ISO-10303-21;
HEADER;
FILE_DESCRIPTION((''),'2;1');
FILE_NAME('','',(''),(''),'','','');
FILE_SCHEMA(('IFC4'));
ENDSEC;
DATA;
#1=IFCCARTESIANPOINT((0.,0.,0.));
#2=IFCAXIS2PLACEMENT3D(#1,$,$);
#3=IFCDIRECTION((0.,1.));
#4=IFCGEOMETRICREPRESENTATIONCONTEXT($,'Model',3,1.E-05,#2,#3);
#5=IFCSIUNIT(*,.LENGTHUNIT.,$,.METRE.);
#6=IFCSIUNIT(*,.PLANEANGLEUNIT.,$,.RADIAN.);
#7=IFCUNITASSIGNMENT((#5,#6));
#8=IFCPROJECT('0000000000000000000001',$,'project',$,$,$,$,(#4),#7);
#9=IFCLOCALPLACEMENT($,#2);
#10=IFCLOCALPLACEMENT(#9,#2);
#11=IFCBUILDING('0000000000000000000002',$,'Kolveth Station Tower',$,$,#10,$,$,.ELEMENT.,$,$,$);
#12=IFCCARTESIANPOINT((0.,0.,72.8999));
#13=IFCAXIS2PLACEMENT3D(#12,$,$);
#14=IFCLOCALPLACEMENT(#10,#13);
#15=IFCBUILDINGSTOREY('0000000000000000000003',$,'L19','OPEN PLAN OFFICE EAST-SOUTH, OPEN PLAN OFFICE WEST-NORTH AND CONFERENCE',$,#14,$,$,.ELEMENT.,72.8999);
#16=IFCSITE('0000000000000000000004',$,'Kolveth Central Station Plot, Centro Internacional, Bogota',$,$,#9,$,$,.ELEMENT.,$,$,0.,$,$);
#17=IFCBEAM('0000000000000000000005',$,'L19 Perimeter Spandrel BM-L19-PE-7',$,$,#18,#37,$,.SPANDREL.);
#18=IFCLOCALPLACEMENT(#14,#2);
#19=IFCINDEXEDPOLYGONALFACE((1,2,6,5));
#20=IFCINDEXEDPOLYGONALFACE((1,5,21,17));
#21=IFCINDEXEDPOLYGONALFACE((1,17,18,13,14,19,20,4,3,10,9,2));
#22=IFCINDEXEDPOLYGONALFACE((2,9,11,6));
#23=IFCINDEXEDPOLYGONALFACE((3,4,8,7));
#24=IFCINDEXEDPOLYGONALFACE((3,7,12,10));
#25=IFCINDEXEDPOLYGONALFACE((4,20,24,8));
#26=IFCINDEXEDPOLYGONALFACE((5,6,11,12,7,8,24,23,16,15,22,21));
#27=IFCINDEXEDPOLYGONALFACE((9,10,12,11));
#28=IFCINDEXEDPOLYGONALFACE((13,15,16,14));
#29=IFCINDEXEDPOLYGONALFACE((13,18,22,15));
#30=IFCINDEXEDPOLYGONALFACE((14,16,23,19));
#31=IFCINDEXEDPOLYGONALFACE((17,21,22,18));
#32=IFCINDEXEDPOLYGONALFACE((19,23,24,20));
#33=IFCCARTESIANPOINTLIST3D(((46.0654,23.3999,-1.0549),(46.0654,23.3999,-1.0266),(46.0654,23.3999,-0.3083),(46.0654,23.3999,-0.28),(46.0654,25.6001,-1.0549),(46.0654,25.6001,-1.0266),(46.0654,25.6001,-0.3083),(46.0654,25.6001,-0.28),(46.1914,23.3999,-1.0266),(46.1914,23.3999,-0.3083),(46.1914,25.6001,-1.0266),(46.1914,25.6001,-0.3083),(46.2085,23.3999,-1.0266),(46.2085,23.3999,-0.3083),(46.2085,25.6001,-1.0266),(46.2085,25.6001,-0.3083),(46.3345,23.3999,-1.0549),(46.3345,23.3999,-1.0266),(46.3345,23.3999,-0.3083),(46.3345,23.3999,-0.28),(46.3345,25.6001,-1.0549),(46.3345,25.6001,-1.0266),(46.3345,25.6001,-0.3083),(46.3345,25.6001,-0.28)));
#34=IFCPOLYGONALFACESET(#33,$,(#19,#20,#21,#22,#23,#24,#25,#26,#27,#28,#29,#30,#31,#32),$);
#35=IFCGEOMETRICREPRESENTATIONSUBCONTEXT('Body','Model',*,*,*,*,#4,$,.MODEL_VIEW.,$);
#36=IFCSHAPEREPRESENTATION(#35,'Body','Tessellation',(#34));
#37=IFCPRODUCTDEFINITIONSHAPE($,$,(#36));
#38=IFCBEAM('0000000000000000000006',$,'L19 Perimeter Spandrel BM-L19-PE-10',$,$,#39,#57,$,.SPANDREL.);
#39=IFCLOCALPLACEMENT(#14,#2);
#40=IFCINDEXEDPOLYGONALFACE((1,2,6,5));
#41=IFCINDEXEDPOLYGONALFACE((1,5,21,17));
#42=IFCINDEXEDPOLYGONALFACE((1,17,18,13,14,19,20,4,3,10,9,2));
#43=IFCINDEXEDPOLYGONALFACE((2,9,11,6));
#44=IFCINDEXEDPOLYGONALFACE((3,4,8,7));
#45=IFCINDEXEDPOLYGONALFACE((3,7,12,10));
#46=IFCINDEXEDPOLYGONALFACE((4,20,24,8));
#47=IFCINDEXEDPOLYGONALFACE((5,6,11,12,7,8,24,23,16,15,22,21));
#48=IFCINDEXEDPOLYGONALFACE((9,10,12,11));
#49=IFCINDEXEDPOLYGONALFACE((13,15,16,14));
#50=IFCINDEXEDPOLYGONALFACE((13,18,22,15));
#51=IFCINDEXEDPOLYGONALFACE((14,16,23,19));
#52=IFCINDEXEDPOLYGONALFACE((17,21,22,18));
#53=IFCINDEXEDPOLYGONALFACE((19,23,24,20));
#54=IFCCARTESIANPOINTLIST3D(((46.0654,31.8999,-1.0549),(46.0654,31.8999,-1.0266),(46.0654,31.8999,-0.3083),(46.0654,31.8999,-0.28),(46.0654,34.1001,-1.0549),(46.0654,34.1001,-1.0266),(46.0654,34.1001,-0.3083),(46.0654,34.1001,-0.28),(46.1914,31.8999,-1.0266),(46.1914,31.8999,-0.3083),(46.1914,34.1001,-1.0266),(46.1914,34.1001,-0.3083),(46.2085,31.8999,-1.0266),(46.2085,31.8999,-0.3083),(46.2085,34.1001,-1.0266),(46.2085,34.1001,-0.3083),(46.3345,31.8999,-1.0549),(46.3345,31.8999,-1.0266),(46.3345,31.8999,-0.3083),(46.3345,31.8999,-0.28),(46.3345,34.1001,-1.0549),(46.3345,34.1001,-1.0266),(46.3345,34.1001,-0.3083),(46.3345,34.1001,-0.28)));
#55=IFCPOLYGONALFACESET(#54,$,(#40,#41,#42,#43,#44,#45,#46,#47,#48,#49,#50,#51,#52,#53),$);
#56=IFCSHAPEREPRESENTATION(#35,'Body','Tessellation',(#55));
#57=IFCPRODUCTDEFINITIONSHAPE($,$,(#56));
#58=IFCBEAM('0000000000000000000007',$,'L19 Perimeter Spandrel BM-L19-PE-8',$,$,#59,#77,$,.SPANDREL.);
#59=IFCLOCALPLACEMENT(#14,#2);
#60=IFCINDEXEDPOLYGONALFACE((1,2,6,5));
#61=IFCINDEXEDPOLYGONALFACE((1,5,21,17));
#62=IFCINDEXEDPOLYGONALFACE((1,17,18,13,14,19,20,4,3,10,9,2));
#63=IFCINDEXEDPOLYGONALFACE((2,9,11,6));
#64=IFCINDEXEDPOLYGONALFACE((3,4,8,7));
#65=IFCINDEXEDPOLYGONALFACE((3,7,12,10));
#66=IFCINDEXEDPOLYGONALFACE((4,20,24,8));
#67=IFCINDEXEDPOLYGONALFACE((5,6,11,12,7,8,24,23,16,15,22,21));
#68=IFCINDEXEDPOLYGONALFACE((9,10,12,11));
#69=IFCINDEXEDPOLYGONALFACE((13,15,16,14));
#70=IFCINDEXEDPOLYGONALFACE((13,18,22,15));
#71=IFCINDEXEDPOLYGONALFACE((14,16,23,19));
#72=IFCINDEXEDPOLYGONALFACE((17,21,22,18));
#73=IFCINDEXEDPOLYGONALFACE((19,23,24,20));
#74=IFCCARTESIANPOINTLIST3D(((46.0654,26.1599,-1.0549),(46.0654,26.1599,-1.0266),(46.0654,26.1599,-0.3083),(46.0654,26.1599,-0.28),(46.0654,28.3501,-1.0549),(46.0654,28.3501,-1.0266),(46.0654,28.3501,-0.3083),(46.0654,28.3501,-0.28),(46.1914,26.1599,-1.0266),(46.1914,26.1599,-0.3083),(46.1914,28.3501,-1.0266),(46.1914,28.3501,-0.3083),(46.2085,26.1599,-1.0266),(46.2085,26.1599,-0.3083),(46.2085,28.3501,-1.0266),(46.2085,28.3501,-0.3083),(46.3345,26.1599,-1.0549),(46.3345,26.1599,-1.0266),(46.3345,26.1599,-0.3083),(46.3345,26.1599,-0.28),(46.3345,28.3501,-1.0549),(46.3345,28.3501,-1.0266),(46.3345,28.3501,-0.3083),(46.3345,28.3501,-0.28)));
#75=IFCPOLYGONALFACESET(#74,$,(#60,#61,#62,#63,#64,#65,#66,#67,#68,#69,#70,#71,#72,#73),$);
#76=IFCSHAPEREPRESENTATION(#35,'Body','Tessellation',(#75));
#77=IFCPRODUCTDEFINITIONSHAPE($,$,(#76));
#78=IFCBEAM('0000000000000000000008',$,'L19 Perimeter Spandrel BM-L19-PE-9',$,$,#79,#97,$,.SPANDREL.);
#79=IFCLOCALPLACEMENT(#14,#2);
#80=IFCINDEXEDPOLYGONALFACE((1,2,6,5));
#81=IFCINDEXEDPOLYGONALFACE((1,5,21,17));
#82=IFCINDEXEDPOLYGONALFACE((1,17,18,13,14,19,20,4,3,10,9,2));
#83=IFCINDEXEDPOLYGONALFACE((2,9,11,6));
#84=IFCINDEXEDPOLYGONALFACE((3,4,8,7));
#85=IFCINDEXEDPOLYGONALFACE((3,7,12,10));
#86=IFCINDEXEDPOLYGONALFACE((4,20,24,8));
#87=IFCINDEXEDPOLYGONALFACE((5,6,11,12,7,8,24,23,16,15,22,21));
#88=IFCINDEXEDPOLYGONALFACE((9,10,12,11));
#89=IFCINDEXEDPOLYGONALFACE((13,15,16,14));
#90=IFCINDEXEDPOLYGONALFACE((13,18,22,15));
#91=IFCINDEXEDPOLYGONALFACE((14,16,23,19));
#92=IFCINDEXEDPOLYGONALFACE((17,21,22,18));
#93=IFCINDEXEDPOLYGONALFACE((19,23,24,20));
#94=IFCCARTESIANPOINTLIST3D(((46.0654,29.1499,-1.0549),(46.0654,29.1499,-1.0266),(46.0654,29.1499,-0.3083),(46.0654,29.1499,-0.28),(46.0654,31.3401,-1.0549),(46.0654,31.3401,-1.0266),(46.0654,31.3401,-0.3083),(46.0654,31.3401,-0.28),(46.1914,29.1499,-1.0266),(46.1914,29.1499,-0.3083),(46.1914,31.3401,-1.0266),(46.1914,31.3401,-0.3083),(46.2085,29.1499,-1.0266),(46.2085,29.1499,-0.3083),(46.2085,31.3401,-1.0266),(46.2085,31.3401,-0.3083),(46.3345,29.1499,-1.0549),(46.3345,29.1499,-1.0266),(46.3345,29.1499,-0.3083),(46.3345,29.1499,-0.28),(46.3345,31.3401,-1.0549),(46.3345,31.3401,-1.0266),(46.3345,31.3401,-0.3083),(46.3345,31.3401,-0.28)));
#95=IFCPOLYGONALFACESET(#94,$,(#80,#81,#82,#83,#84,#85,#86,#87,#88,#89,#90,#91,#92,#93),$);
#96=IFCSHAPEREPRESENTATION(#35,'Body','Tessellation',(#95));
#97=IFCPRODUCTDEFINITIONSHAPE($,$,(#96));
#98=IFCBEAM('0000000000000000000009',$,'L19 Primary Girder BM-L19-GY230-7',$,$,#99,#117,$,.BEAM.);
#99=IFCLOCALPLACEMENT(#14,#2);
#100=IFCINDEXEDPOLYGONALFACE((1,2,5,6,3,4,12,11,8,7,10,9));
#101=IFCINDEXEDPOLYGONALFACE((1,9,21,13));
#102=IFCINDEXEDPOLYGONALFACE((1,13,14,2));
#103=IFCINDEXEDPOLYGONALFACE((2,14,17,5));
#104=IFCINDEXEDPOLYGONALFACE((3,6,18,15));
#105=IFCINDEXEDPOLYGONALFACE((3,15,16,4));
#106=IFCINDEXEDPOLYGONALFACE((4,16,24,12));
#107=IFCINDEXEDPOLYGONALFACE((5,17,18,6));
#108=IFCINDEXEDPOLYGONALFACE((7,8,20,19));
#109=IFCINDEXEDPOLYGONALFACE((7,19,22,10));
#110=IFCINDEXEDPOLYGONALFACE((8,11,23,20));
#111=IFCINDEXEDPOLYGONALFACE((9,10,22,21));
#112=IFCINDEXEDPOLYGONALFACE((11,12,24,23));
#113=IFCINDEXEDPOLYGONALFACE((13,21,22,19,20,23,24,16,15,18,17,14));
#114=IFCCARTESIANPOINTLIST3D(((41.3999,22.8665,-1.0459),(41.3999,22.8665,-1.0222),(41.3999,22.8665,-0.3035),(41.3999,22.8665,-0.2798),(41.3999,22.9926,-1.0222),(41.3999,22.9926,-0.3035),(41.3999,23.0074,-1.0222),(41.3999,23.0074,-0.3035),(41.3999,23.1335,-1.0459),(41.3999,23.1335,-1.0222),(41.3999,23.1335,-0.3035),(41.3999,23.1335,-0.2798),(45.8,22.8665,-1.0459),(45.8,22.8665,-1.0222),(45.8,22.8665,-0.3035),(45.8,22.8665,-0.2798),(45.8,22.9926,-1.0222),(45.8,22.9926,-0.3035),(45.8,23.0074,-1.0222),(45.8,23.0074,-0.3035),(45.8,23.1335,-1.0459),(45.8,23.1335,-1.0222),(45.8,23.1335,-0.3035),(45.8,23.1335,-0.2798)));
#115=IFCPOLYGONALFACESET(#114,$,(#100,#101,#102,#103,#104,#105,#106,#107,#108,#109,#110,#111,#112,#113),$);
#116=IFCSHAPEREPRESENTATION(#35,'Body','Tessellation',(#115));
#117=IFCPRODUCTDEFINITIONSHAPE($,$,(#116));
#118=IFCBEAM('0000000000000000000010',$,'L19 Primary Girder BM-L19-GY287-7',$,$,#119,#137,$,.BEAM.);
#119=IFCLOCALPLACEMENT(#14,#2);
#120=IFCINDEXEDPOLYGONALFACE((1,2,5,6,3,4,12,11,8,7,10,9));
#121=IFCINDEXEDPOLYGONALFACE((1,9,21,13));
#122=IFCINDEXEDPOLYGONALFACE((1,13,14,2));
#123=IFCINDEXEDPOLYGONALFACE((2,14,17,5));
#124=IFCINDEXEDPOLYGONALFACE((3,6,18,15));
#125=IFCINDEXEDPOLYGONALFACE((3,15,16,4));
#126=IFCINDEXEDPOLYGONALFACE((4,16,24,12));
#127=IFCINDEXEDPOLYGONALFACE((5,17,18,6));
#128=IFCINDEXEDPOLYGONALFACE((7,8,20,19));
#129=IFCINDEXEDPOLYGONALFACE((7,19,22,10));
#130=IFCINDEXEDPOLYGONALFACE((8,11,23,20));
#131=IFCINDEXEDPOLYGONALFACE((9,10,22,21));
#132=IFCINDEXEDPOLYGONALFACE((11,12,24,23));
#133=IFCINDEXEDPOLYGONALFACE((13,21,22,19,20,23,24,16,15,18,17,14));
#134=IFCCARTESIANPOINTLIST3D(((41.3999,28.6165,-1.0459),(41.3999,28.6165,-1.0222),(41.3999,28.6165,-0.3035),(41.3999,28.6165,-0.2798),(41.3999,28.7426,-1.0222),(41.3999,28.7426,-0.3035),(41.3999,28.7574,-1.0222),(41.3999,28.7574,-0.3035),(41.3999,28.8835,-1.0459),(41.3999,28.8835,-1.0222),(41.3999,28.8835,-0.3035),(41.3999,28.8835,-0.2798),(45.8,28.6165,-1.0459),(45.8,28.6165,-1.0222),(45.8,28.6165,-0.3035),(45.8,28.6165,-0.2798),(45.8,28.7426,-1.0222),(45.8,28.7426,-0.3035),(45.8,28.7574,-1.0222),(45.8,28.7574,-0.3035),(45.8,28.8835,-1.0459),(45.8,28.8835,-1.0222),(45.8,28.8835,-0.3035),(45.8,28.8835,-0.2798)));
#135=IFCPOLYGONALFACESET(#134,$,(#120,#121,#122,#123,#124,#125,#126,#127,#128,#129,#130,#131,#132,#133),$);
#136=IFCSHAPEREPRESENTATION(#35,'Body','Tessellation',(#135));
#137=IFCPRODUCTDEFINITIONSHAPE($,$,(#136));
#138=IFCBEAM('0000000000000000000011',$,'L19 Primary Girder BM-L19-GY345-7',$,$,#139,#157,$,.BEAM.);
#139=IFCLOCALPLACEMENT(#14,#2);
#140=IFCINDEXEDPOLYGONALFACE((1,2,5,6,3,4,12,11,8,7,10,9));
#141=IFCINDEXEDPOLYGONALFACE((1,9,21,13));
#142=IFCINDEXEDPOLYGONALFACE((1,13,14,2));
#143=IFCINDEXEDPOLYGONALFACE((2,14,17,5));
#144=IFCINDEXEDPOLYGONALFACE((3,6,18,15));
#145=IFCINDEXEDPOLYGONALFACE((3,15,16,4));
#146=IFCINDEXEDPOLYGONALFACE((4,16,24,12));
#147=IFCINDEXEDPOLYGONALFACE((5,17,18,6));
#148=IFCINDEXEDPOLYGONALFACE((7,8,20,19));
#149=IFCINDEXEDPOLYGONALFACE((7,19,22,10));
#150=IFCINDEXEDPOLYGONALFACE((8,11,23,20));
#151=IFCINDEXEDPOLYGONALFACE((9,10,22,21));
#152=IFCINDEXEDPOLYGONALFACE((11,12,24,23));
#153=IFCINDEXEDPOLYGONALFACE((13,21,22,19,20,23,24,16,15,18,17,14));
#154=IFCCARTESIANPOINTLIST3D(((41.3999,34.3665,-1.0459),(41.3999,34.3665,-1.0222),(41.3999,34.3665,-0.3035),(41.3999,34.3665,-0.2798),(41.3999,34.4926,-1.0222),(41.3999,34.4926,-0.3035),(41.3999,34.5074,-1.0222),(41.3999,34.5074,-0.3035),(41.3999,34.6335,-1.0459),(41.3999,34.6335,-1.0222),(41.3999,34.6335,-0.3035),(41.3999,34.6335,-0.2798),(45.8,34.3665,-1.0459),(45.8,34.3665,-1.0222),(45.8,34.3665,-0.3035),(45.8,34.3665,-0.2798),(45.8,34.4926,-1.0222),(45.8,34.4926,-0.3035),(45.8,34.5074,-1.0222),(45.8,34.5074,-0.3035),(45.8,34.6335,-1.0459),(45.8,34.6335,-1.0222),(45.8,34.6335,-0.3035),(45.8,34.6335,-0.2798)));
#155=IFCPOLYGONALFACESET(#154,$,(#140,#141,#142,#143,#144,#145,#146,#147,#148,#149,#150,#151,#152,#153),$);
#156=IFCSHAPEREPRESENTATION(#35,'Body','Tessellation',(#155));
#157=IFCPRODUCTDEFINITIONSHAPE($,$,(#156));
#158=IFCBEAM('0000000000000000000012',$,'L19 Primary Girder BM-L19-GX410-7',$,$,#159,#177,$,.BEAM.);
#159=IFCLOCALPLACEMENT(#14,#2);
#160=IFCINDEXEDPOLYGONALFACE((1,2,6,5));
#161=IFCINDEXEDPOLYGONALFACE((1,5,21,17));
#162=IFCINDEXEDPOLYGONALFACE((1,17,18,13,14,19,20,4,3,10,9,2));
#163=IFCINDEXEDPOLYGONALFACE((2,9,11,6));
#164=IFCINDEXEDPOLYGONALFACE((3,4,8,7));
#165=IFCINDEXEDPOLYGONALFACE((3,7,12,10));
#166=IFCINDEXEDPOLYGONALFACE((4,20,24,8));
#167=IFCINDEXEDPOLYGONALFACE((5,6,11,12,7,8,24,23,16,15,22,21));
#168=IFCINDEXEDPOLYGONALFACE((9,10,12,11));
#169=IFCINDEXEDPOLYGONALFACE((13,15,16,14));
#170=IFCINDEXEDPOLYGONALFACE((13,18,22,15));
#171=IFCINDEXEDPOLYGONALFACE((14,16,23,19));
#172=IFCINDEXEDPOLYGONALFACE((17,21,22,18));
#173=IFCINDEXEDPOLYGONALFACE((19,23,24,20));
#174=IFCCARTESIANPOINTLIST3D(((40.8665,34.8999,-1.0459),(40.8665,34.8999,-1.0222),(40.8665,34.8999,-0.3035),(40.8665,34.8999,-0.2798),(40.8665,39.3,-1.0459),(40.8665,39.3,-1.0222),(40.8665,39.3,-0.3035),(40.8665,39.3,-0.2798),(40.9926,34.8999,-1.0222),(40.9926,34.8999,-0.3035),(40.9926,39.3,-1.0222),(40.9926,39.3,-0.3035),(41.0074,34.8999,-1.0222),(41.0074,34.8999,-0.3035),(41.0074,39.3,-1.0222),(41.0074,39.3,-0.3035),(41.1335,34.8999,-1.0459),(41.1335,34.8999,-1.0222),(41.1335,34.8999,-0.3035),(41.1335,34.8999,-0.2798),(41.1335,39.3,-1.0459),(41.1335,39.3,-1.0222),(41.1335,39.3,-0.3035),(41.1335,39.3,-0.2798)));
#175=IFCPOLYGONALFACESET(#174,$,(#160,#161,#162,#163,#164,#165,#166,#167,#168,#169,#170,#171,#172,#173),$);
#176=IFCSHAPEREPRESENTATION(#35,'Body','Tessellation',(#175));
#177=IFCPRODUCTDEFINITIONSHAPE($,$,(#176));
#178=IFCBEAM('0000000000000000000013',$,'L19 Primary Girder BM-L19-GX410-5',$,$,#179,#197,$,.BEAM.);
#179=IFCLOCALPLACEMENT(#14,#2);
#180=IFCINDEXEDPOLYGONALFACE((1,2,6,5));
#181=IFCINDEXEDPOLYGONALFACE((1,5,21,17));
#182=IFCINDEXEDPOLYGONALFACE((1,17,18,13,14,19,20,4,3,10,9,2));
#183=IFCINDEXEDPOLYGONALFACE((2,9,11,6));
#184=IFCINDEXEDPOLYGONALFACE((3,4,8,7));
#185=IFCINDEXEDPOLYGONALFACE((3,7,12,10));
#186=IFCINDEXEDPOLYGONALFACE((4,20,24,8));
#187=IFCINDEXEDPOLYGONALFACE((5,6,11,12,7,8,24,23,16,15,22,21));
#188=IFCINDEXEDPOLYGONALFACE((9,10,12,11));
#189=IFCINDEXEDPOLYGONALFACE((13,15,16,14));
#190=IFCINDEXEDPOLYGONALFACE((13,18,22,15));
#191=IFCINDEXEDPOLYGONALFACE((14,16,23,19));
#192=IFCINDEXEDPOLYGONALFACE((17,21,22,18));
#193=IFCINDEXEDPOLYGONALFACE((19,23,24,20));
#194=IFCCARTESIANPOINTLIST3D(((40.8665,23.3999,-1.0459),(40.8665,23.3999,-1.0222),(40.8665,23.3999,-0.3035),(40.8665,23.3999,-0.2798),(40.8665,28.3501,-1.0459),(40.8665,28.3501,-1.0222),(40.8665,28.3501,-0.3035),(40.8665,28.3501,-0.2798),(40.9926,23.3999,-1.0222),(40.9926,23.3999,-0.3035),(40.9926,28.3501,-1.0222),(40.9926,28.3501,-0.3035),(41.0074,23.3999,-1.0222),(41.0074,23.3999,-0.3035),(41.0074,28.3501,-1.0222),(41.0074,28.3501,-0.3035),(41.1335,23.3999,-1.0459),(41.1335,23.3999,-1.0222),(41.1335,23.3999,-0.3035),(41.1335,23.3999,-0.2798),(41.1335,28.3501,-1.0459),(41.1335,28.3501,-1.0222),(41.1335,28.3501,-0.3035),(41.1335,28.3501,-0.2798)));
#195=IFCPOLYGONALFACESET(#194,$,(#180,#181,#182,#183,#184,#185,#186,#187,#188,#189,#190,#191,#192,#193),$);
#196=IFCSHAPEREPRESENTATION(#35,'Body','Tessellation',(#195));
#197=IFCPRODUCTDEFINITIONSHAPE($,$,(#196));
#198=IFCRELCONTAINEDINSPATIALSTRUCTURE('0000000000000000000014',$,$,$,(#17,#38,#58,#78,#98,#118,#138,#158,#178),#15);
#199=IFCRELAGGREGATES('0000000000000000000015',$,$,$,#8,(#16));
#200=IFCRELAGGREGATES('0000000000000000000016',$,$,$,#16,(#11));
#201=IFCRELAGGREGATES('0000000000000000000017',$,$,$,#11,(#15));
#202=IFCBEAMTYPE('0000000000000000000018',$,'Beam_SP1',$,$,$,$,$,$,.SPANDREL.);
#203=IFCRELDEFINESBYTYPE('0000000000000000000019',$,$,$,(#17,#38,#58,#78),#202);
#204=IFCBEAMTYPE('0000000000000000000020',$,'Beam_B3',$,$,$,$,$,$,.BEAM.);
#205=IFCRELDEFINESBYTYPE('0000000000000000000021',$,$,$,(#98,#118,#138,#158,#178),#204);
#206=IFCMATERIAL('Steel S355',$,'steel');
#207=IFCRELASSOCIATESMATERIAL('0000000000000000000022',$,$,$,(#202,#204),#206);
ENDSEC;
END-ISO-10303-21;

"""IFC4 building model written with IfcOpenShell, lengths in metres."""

from ifc_helpers import new_model, si_unit, direction, frame, origin, origin_2d, place, context, subcontext, project, spatial, i_section, extrude, source, transform, mapped, material, material_profile, profile_set, type_object, element, save


model = new_model("IFC4")

# Units and contexts
model_context = context("Model", 3, precision=1e-05, world=origin(), true_north=direction((0.0, 1.0)))
body_context = subcontext(model_context, "Body", "Model", "MODEL_VIEW")
ifc_project = project(units=[si_unit("LENGTHUNIT", "METRE"), si_unit("PLANEANGLEUNIT", "RADIAN")], contexts=[model_context])

# Site, building, storey
site_placement = place(None, origin())
site = spatial("IfcSite", under=ifc_project, at=site_placement, Name="Kolveth Central Station Plot, Centro Internacional, Bogota", CompositionType="ELEMENT", RefElevation=0.0)
building_placement = place(site_placement, origin())
building = spatial("IfcBuilding", under=site, at=building_placement, Name="Kolveth Station Tower", CompositionType="ELEMENT")
storey_placement = place(building_placement, frame((0.0, 0.0, 72.8999)))
storey = spatial("IfcBuildingStorey", under=building, at=storey_placement, Name="L19", Description="OPEN PLAN OFFICE EAST-SOUTH, OPEN PLAN OFFICE WEST-NORTH AND CONFERENCE", CompositionType="ELEMENT", Elevation=72.8999)

# Shared definitions
ifc_material_1 = material(Name="Steel S355", Category="steel")

# Beams
ifc_material_profile_1 = material_profile(ifc_material_1, i_section(OverallWidth=0.269, OverallDepth=0.7749, WebThickness=0.0171, FlangeThickness=0.0283, at=origin_2d()), Name="W760x220")
ifc_profile_set_1 = profile_set([ifc_material_profile_1], Name="Steel S355")
beam_type_1 = type_object("IfcBeamType", Name="Beam_SP1", PredefinedType="SPANDREL", material=ifc_profile_set_1)
shared_shape_1 = source(origin(), body_context, "Body", "SweptSolid", [
    extrude(i_section(OverallWidth=0.269, OverallDepth=0.7749, WebThickness=0.0171, FlangeThickness=0.0283, at=origin_2d()), origin(), (0.0, 0.0, 1.0), 2.2002),
])
for number, where, z_axis, x_axis, name in (
    (1, (46.2, 23.3999, -0.6675), (0.0, 1.0, 0.0), (-1.0, 0.0, 0.0), "L19 Perimeter Spandrel BM-L19-PE-7"),
    (2, (46.2, 31.8999, -0.6675), (0.0, 1.0, 0.0), (-1.0, 0.0, 0.0), "L19 Perimeter Spandrel BM-L19-PE-10"),
):
    element("IfcBeam", number, at=place(storey_placement, frame(where, z_axis=z_axis, x_axis=x_axis)), inside=storey, type_object=beam_type_1, Name=name, PredefinedType="SPANDREL", context=body_context, shape_type="MappedRepresentation", body=[
        mapped(shared_shape_1, transform((0.0, 0.0, 0.0), x_axis=(1.0, 0.0, 0.0), y_axis=(0.0, 1.0, 0.0), z_axis=(0.0, 0.0, 1.0), scale=1.0)),
    ])
shared_shape_2 = source(origin(), body_context, "Body", "SweptSolid", [
    extrude(i_section(OverallWidth=0.269, OverallDepth=0.7749, WebThickness=0.0171, FlangeThickness=0.0283, at=origin_2d()), origin(), (0.0, 0.0, 1.0), 2.1902),
])
for number, where, z_axis, x_axis, name in (
    (3, (46.2, 26.1599, -0.6675), (0.0, 1.0, 0.0), (-1.0, 0.0, 0.0), "L19 Perimeter Spandrel BM-L19-PE-8"),
    (4, (46.2, 29.1499, -0.6675), (0.0, 1.0, 0.0), (-1.0, 0.0, 0.0), "L19 Perimeter Spandrel BM-L19-PE-9"),
):
    element("IfcBeam", number, at=place(storey_placement, frame(where, z_axis=z_axis, x_axis=x_axis)), inside=storey, type_object=beam_type_1, Name=name, PredefinedType="SPANDREL", context=body_context, shape_type="MappedRepresentation", body=[
        mapped(shared_shape_2, transform((0.0, 0.0, 0.0), x_axis=(1.0, 0.0, 0.0), y_axis=(0.0, 1.0, 0.0), z_axis=(0.0, 0.0, 1.0), scale=1.0)),
    ])
ifc_material_profile_2 = material_profile(ifc_material_1, i_section(OverallWidth=0.2671, OverallDepth=0.7661, WebThickness=0.0149, FlangeThickness=0.0237, at=origin_2d()), Name="W760x185")
ifc_profile_set_2 = profile_set([ifc_material_profile_2], Name="Steel S355")
beam_type_2 = type_object("IfcBeamType", Name="Beam_B3", PredefinedType="BEAM", material=ifc_profile_set_2)
shared_shape_3 = source(origin(), body_context, "Body", "SweptSolid", [
    extrude(i_section(OverallWidth=0.2671, OverallDepth=0.7661, WebThickness=0.0149, FlangeThickness=0.0237, at=origin_2d()), origin(), (0.0, 0.0, 1.0), 4.4001),
])
for number, where, z_axis, x_axis, name in (
    (5, (41.3999, 23.0, -0.6628), (1.0, 0.0, 0.0), (0.0, 1.0, 0.0), "L19 Primary Girder BM-L19-GY230-7"),
    (6, (41.3999, 28.75, -0.6628), (1.0, 0.0, 0.0), (0.0, 1.0, 0.0), "L19 Primary Girder BM-L19-GY287-7"),
    (7, (41.3999, 34.5, -0.6628), (1.0, 0.0, 0.0), (0.0, 1.0, 0.0), "L19 Primary Girder BM-L19-GY345-7"),
    (8, (41.0, 34.8999, -0.6628), (0.0, 1.0, 0.0), (-1.0, 0.0, 0.0), "L19 Primary Girder BM-L19-GX410-7"),
):
    element("IfcBeam", number, at=place(storey_placement, frame(where, z_axis=z_axis, x_axis=x_axis)), inside=storey, type_object=beam_type_2, Name=name, PredefinedType="BEAM", context=body_context, shape_type="MappedRepresentation", body=[
        mapped(shared_shape_3, transform((0.0, 0.0, 0.0), x_axis=(1.0, 0.0, 0.0), y_axis=(0.0, 1.0, 0.0), z_axis=(0.0, 0.0, 1.0), scale=1.0)),
    ])
shared_shape_4 = source(origin(), body_context, "Body", "SweptSolid", [
    extrude(i_section(OverallWidth=0.2671, OverallDepth=0.7661, WebThickness=0.0149, FlangeThickness=0.0237, at=origin_2d()), origin(), (0.0, 0.0, 1.0), 4.9502),
])
for number, where, z_axis, x_axis, name in (
    (9, (41.0, 23.3999, -0.6628), (0.0, 1.0, 0.0), (-1.0, 0.0, 0.0), "L19 Primary Girder BM-L19-GX410-5"),
):
    element("IfcBeam", number, at=place(storey_placement, frame(where, z_axis=z_axis, x_axis=x_axis)), inside=storey, type_object=beam_type_2, Name=name, PredefinedType="BEAM", context=body_context, shape_type="MappedRepresentation", body=[
        mapped(shared_shape_4, transform((0.0, 0.0, 0.0), x_axis=(1.0, 0.0, 0.0), y_axis=(0.0, 1.0, 0.0), z_axis=(0.0, 0.0, 1.0), scale=1.0)),
    ])

save(model, "model.ifc")
